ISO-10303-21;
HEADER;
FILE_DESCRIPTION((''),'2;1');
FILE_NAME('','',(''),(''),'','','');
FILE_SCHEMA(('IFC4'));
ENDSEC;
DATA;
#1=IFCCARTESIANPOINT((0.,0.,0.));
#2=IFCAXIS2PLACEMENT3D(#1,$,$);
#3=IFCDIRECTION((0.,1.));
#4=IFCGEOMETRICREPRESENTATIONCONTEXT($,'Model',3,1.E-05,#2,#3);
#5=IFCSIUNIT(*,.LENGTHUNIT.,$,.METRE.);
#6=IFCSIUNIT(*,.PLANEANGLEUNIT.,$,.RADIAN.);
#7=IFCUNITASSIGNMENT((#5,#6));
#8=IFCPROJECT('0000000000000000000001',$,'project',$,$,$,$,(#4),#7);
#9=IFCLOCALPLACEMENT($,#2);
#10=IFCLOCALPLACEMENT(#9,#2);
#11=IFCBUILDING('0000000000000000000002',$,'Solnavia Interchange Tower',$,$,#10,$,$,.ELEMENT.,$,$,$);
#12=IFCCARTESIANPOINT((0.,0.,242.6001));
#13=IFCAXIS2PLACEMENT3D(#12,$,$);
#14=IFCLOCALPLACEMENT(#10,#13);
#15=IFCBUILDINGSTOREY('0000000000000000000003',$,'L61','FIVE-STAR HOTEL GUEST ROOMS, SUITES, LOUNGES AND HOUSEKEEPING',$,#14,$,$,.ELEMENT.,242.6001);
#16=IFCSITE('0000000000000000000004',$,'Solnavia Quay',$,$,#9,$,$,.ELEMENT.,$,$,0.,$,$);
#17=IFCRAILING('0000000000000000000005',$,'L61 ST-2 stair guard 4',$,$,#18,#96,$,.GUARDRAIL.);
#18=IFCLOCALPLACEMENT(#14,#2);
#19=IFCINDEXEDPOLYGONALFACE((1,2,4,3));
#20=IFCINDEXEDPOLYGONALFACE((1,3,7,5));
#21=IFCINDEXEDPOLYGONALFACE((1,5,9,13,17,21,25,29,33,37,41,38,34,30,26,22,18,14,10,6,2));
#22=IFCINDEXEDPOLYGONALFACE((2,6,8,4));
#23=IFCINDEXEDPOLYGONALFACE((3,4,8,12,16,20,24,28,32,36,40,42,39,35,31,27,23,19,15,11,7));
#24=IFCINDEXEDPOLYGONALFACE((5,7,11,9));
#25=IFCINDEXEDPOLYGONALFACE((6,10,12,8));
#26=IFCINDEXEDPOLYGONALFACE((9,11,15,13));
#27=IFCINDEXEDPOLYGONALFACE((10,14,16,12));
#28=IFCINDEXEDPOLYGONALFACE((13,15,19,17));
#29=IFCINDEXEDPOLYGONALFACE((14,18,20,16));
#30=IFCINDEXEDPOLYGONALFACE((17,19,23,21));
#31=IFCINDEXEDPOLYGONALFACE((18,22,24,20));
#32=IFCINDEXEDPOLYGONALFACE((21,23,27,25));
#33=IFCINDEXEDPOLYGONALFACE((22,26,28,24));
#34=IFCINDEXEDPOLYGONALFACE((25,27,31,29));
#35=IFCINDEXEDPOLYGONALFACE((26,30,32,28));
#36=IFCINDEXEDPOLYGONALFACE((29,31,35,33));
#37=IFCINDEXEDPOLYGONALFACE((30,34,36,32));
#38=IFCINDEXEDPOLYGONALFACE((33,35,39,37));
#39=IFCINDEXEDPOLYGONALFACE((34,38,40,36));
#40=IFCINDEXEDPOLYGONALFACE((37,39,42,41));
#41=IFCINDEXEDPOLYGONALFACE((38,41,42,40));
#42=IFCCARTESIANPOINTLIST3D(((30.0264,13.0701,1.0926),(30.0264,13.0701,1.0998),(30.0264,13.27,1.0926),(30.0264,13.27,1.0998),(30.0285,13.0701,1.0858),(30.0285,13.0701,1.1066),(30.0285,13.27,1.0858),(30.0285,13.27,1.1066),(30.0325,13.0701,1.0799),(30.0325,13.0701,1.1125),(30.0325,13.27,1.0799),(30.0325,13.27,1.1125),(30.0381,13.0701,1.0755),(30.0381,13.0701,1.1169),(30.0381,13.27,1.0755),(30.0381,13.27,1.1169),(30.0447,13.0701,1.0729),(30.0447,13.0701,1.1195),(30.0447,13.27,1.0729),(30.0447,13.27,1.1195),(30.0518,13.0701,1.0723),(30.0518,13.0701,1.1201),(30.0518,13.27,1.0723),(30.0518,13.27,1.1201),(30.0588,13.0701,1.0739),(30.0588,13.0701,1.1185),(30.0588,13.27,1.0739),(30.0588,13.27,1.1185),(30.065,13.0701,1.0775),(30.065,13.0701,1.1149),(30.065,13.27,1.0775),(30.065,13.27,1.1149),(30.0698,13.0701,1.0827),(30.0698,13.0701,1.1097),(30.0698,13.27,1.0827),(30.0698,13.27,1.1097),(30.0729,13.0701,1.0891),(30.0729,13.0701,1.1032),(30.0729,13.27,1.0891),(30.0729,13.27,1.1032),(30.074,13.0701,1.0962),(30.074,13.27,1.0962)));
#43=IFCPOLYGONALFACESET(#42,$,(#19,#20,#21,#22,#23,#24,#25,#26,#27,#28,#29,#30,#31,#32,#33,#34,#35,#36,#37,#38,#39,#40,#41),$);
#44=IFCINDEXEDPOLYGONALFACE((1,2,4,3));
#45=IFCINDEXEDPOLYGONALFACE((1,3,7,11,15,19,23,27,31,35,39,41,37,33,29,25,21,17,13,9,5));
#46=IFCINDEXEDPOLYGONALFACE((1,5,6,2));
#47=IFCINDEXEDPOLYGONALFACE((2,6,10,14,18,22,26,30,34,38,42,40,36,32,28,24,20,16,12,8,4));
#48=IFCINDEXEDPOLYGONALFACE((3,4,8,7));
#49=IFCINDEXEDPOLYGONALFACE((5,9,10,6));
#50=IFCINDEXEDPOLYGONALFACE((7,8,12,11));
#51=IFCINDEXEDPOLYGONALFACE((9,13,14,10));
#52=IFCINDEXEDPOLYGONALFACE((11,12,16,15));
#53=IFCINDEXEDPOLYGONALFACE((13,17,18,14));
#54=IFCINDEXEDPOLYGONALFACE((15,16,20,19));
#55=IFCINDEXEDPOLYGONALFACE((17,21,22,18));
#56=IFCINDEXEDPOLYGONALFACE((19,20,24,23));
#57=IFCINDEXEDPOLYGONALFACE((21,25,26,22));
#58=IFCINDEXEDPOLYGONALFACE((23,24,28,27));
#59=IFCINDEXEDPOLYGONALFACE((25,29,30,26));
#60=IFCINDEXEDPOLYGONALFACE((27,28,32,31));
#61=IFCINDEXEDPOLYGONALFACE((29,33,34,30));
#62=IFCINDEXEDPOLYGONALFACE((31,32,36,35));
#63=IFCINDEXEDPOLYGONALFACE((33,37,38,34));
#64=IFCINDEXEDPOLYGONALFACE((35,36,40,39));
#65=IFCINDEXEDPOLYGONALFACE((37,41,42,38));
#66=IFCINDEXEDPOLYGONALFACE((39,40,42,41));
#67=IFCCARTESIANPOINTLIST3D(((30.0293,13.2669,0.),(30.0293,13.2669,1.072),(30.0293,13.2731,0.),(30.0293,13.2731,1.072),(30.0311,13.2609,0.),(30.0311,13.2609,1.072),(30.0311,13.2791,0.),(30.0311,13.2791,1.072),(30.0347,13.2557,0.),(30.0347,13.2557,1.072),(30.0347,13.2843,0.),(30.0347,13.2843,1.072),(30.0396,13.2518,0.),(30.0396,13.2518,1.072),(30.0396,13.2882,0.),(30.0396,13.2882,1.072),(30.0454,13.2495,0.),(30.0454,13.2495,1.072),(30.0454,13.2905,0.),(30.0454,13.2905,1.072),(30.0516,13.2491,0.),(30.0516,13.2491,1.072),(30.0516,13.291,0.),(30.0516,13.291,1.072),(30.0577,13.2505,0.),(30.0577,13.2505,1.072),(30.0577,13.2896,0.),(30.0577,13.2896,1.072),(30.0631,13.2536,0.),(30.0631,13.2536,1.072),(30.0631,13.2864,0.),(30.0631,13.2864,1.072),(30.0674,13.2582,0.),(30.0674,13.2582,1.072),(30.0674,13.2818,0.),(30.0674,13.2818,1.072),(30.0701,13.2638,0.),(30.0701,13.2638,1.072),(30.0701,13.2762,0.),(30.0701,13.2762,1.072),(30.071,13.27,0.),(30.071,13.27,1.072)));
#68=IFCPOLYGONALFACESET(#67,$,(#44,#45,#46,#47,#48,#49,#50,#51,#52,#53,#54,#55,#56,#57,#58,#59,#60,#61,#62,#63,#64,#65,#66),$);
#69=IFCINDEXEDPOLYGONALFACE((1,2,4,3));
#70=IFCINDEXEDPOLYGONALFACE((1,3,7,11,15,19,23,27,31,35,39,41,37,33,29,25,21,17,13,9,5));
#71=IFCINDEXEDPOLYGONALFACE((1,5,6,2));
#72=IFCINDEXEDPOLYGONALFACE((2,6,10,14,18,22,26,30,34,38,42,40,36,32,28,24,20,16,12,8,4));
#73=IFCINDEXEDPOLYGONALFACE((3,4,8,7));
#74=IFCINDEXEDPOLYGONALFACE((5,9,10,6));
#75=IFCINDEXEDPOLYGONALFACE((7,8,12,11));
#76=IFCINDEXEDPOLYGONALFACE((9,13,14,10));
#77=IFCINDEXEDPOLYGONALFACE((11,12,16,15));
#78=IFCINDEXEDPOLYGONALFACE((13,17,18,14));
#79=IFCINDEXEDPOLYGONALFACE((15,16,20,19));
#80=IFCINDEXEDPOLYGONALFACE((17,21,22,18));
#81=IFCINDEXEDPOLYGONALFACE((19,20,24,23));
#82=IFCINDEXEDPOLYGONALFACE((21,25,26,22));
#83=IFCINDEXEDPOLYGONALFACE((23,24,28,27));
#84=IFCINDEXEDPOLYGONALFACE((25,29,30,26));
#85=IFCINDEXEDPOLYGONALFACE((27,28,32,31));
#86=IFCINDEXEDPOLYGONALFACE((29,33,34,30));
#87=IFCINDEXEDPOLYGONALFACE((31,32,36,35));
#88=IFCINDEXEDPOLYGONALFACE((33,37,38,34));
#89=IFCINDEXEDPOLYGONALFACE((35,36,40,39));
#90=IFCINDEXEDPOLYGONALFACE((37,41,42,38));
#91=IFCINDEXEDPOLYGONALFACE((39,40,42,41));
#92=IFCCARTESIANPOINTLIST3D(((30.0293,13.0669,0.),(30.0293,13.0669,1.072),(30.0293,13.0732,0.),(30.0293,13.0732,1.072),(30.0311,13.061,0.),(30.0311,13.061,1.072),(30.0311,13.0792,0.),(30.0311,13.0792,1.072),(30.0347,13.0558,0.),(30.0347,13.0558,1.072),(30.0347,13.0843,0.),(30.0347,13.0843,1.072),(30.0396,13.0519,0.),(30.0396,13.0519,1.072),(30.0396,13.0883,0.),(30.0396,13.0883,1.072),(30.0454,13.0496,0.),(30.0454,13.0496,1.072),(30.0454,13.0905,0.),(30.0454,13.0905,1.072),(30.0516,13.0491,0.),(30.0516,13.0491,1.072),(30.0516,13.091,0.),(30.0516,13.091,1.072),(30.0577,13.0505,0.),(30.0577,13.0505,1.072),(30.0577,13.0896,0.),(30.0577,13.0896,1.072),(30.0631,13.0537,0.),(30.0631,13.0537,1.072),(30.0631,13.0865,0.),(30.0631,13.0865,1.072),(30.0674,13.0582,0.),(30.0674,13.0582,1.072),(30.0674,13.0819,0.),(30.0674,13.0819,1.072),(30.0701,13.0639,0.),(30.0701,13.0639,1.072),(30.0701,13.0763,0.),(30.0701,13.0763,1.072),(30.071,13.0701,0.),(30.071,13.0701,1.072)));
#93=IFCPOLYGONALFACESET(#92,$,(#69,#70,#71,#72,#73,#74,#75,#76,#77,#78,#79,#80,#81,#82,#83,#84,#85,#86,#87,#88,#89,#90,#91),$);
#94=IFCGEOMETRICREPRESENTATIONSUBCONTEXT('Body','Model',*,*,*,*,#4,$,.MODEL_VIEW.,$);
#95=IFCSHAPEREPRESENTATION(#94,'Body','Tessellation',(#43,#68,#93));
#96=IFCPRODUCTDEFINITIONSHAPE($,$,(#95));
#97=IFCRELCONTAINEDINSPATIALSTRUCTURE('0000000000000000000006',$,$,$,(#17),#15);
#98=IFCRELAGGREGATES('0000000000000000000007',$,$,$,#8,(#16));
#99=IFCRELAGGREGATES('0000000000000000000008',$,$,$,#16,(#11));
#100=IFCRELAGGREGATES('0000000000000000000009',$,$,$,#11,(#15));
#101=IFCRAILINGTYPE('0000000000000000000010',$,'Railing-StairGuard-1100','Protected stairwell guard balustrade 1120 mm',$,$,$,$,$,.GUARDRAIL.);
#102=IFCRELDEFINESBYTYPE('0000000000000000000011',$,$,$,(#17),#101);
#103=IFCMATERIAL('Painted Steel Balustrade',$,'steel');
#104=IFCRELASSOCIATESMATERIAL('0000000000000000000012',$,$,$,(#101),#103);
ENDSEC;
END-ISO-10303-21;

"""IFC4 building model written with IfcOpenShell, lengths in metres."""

from ifc_helpers import new_model, si_unit, direction, frame, origin, origin_2d, place, context, subcontext, project, spatial, circle, extrude, material, type_object, element, save


model = new_model("IFC4")

# Units and contexts
model_context = context("Model", 3, precision=1e-05, world=origin(), true_north=direction((0.0, 1.0)))
body_context = subcontext(model_context, "Body", "Model", "MODEL_VIEW")
ifc_project = project(units=[si_unit("LENGTHUNIT", "METRE"), si_unit("PLANEANGLEUNIT", "RADIAN")], contexts=[model_context])

# Site, building, storey
site_placement = place(None, origin())
site = spatial("IfcSite", under=ifc_project, at=site_placement, Name="Solnavia Quay", CompositionType="ELEMENT", RefElevation=0.0)
building_placement = place(site_placement, origin())
building = spatial("IfcBuilding", under=site, at=building_placement, Name="Solnavia Interchange Tower", CompositionType="ELEMENT")
storey_placement = place(building_placement, frame((0.0, 0.0, 242.6001)))
storey = spatial("IfcBuildingStorey", under=building, at=storey_placement, Name="L61", Description="FIVE-STAR HOTEL GUEST ROOMS, SUITES, LOUNGES AND HOUSEKEEPING", CompositionType="ELEMENT", Elevation=242.6001)

# Railing
ifc_material_1 = material(Name="Painted Steel Balustrade", Category="steel")
railing_type_1 = type_object("IfcRailingType", Name="Railing-StairGuard-1100", Description="Protected stairwell guard balustrade 1120 mm", PredefinedType="GUARDRAIL", material=ifc_material_1)
railing_1_placement = place(storey_placement, frame((30.05, 13.27, 0.0)))
element("IfcRailing", 1, at=railing_1_placement, inside=storey, type_object=railing_type_1, Name="L61 ST-2 stair guard 4", PredefinedType="GUARDRAIL", context=body_context, shape_type="SweptSolid", body=[
    extrude(circle(Radius=0.0239, at=origin_2d()), frame((0.0, 0.0, 1.0962), z_axis=(0.0, -1.0, 0.0), x_axis=(1.0, 0.0, 0.0)), (0.0, 0.0, 1.0), 0.2),
    extrude(circle(Radius=0.021, at=origin_2d()), origin(), (0.0, 0.0, 1.0), 1.072),
    extrude(circle(Radius=0.021, at=origin_2d()), frame((0.0, -0.2, 0.0)), (0.0, 0.0, 1.0), 1.072),
])

save(model, "model.ifc")
